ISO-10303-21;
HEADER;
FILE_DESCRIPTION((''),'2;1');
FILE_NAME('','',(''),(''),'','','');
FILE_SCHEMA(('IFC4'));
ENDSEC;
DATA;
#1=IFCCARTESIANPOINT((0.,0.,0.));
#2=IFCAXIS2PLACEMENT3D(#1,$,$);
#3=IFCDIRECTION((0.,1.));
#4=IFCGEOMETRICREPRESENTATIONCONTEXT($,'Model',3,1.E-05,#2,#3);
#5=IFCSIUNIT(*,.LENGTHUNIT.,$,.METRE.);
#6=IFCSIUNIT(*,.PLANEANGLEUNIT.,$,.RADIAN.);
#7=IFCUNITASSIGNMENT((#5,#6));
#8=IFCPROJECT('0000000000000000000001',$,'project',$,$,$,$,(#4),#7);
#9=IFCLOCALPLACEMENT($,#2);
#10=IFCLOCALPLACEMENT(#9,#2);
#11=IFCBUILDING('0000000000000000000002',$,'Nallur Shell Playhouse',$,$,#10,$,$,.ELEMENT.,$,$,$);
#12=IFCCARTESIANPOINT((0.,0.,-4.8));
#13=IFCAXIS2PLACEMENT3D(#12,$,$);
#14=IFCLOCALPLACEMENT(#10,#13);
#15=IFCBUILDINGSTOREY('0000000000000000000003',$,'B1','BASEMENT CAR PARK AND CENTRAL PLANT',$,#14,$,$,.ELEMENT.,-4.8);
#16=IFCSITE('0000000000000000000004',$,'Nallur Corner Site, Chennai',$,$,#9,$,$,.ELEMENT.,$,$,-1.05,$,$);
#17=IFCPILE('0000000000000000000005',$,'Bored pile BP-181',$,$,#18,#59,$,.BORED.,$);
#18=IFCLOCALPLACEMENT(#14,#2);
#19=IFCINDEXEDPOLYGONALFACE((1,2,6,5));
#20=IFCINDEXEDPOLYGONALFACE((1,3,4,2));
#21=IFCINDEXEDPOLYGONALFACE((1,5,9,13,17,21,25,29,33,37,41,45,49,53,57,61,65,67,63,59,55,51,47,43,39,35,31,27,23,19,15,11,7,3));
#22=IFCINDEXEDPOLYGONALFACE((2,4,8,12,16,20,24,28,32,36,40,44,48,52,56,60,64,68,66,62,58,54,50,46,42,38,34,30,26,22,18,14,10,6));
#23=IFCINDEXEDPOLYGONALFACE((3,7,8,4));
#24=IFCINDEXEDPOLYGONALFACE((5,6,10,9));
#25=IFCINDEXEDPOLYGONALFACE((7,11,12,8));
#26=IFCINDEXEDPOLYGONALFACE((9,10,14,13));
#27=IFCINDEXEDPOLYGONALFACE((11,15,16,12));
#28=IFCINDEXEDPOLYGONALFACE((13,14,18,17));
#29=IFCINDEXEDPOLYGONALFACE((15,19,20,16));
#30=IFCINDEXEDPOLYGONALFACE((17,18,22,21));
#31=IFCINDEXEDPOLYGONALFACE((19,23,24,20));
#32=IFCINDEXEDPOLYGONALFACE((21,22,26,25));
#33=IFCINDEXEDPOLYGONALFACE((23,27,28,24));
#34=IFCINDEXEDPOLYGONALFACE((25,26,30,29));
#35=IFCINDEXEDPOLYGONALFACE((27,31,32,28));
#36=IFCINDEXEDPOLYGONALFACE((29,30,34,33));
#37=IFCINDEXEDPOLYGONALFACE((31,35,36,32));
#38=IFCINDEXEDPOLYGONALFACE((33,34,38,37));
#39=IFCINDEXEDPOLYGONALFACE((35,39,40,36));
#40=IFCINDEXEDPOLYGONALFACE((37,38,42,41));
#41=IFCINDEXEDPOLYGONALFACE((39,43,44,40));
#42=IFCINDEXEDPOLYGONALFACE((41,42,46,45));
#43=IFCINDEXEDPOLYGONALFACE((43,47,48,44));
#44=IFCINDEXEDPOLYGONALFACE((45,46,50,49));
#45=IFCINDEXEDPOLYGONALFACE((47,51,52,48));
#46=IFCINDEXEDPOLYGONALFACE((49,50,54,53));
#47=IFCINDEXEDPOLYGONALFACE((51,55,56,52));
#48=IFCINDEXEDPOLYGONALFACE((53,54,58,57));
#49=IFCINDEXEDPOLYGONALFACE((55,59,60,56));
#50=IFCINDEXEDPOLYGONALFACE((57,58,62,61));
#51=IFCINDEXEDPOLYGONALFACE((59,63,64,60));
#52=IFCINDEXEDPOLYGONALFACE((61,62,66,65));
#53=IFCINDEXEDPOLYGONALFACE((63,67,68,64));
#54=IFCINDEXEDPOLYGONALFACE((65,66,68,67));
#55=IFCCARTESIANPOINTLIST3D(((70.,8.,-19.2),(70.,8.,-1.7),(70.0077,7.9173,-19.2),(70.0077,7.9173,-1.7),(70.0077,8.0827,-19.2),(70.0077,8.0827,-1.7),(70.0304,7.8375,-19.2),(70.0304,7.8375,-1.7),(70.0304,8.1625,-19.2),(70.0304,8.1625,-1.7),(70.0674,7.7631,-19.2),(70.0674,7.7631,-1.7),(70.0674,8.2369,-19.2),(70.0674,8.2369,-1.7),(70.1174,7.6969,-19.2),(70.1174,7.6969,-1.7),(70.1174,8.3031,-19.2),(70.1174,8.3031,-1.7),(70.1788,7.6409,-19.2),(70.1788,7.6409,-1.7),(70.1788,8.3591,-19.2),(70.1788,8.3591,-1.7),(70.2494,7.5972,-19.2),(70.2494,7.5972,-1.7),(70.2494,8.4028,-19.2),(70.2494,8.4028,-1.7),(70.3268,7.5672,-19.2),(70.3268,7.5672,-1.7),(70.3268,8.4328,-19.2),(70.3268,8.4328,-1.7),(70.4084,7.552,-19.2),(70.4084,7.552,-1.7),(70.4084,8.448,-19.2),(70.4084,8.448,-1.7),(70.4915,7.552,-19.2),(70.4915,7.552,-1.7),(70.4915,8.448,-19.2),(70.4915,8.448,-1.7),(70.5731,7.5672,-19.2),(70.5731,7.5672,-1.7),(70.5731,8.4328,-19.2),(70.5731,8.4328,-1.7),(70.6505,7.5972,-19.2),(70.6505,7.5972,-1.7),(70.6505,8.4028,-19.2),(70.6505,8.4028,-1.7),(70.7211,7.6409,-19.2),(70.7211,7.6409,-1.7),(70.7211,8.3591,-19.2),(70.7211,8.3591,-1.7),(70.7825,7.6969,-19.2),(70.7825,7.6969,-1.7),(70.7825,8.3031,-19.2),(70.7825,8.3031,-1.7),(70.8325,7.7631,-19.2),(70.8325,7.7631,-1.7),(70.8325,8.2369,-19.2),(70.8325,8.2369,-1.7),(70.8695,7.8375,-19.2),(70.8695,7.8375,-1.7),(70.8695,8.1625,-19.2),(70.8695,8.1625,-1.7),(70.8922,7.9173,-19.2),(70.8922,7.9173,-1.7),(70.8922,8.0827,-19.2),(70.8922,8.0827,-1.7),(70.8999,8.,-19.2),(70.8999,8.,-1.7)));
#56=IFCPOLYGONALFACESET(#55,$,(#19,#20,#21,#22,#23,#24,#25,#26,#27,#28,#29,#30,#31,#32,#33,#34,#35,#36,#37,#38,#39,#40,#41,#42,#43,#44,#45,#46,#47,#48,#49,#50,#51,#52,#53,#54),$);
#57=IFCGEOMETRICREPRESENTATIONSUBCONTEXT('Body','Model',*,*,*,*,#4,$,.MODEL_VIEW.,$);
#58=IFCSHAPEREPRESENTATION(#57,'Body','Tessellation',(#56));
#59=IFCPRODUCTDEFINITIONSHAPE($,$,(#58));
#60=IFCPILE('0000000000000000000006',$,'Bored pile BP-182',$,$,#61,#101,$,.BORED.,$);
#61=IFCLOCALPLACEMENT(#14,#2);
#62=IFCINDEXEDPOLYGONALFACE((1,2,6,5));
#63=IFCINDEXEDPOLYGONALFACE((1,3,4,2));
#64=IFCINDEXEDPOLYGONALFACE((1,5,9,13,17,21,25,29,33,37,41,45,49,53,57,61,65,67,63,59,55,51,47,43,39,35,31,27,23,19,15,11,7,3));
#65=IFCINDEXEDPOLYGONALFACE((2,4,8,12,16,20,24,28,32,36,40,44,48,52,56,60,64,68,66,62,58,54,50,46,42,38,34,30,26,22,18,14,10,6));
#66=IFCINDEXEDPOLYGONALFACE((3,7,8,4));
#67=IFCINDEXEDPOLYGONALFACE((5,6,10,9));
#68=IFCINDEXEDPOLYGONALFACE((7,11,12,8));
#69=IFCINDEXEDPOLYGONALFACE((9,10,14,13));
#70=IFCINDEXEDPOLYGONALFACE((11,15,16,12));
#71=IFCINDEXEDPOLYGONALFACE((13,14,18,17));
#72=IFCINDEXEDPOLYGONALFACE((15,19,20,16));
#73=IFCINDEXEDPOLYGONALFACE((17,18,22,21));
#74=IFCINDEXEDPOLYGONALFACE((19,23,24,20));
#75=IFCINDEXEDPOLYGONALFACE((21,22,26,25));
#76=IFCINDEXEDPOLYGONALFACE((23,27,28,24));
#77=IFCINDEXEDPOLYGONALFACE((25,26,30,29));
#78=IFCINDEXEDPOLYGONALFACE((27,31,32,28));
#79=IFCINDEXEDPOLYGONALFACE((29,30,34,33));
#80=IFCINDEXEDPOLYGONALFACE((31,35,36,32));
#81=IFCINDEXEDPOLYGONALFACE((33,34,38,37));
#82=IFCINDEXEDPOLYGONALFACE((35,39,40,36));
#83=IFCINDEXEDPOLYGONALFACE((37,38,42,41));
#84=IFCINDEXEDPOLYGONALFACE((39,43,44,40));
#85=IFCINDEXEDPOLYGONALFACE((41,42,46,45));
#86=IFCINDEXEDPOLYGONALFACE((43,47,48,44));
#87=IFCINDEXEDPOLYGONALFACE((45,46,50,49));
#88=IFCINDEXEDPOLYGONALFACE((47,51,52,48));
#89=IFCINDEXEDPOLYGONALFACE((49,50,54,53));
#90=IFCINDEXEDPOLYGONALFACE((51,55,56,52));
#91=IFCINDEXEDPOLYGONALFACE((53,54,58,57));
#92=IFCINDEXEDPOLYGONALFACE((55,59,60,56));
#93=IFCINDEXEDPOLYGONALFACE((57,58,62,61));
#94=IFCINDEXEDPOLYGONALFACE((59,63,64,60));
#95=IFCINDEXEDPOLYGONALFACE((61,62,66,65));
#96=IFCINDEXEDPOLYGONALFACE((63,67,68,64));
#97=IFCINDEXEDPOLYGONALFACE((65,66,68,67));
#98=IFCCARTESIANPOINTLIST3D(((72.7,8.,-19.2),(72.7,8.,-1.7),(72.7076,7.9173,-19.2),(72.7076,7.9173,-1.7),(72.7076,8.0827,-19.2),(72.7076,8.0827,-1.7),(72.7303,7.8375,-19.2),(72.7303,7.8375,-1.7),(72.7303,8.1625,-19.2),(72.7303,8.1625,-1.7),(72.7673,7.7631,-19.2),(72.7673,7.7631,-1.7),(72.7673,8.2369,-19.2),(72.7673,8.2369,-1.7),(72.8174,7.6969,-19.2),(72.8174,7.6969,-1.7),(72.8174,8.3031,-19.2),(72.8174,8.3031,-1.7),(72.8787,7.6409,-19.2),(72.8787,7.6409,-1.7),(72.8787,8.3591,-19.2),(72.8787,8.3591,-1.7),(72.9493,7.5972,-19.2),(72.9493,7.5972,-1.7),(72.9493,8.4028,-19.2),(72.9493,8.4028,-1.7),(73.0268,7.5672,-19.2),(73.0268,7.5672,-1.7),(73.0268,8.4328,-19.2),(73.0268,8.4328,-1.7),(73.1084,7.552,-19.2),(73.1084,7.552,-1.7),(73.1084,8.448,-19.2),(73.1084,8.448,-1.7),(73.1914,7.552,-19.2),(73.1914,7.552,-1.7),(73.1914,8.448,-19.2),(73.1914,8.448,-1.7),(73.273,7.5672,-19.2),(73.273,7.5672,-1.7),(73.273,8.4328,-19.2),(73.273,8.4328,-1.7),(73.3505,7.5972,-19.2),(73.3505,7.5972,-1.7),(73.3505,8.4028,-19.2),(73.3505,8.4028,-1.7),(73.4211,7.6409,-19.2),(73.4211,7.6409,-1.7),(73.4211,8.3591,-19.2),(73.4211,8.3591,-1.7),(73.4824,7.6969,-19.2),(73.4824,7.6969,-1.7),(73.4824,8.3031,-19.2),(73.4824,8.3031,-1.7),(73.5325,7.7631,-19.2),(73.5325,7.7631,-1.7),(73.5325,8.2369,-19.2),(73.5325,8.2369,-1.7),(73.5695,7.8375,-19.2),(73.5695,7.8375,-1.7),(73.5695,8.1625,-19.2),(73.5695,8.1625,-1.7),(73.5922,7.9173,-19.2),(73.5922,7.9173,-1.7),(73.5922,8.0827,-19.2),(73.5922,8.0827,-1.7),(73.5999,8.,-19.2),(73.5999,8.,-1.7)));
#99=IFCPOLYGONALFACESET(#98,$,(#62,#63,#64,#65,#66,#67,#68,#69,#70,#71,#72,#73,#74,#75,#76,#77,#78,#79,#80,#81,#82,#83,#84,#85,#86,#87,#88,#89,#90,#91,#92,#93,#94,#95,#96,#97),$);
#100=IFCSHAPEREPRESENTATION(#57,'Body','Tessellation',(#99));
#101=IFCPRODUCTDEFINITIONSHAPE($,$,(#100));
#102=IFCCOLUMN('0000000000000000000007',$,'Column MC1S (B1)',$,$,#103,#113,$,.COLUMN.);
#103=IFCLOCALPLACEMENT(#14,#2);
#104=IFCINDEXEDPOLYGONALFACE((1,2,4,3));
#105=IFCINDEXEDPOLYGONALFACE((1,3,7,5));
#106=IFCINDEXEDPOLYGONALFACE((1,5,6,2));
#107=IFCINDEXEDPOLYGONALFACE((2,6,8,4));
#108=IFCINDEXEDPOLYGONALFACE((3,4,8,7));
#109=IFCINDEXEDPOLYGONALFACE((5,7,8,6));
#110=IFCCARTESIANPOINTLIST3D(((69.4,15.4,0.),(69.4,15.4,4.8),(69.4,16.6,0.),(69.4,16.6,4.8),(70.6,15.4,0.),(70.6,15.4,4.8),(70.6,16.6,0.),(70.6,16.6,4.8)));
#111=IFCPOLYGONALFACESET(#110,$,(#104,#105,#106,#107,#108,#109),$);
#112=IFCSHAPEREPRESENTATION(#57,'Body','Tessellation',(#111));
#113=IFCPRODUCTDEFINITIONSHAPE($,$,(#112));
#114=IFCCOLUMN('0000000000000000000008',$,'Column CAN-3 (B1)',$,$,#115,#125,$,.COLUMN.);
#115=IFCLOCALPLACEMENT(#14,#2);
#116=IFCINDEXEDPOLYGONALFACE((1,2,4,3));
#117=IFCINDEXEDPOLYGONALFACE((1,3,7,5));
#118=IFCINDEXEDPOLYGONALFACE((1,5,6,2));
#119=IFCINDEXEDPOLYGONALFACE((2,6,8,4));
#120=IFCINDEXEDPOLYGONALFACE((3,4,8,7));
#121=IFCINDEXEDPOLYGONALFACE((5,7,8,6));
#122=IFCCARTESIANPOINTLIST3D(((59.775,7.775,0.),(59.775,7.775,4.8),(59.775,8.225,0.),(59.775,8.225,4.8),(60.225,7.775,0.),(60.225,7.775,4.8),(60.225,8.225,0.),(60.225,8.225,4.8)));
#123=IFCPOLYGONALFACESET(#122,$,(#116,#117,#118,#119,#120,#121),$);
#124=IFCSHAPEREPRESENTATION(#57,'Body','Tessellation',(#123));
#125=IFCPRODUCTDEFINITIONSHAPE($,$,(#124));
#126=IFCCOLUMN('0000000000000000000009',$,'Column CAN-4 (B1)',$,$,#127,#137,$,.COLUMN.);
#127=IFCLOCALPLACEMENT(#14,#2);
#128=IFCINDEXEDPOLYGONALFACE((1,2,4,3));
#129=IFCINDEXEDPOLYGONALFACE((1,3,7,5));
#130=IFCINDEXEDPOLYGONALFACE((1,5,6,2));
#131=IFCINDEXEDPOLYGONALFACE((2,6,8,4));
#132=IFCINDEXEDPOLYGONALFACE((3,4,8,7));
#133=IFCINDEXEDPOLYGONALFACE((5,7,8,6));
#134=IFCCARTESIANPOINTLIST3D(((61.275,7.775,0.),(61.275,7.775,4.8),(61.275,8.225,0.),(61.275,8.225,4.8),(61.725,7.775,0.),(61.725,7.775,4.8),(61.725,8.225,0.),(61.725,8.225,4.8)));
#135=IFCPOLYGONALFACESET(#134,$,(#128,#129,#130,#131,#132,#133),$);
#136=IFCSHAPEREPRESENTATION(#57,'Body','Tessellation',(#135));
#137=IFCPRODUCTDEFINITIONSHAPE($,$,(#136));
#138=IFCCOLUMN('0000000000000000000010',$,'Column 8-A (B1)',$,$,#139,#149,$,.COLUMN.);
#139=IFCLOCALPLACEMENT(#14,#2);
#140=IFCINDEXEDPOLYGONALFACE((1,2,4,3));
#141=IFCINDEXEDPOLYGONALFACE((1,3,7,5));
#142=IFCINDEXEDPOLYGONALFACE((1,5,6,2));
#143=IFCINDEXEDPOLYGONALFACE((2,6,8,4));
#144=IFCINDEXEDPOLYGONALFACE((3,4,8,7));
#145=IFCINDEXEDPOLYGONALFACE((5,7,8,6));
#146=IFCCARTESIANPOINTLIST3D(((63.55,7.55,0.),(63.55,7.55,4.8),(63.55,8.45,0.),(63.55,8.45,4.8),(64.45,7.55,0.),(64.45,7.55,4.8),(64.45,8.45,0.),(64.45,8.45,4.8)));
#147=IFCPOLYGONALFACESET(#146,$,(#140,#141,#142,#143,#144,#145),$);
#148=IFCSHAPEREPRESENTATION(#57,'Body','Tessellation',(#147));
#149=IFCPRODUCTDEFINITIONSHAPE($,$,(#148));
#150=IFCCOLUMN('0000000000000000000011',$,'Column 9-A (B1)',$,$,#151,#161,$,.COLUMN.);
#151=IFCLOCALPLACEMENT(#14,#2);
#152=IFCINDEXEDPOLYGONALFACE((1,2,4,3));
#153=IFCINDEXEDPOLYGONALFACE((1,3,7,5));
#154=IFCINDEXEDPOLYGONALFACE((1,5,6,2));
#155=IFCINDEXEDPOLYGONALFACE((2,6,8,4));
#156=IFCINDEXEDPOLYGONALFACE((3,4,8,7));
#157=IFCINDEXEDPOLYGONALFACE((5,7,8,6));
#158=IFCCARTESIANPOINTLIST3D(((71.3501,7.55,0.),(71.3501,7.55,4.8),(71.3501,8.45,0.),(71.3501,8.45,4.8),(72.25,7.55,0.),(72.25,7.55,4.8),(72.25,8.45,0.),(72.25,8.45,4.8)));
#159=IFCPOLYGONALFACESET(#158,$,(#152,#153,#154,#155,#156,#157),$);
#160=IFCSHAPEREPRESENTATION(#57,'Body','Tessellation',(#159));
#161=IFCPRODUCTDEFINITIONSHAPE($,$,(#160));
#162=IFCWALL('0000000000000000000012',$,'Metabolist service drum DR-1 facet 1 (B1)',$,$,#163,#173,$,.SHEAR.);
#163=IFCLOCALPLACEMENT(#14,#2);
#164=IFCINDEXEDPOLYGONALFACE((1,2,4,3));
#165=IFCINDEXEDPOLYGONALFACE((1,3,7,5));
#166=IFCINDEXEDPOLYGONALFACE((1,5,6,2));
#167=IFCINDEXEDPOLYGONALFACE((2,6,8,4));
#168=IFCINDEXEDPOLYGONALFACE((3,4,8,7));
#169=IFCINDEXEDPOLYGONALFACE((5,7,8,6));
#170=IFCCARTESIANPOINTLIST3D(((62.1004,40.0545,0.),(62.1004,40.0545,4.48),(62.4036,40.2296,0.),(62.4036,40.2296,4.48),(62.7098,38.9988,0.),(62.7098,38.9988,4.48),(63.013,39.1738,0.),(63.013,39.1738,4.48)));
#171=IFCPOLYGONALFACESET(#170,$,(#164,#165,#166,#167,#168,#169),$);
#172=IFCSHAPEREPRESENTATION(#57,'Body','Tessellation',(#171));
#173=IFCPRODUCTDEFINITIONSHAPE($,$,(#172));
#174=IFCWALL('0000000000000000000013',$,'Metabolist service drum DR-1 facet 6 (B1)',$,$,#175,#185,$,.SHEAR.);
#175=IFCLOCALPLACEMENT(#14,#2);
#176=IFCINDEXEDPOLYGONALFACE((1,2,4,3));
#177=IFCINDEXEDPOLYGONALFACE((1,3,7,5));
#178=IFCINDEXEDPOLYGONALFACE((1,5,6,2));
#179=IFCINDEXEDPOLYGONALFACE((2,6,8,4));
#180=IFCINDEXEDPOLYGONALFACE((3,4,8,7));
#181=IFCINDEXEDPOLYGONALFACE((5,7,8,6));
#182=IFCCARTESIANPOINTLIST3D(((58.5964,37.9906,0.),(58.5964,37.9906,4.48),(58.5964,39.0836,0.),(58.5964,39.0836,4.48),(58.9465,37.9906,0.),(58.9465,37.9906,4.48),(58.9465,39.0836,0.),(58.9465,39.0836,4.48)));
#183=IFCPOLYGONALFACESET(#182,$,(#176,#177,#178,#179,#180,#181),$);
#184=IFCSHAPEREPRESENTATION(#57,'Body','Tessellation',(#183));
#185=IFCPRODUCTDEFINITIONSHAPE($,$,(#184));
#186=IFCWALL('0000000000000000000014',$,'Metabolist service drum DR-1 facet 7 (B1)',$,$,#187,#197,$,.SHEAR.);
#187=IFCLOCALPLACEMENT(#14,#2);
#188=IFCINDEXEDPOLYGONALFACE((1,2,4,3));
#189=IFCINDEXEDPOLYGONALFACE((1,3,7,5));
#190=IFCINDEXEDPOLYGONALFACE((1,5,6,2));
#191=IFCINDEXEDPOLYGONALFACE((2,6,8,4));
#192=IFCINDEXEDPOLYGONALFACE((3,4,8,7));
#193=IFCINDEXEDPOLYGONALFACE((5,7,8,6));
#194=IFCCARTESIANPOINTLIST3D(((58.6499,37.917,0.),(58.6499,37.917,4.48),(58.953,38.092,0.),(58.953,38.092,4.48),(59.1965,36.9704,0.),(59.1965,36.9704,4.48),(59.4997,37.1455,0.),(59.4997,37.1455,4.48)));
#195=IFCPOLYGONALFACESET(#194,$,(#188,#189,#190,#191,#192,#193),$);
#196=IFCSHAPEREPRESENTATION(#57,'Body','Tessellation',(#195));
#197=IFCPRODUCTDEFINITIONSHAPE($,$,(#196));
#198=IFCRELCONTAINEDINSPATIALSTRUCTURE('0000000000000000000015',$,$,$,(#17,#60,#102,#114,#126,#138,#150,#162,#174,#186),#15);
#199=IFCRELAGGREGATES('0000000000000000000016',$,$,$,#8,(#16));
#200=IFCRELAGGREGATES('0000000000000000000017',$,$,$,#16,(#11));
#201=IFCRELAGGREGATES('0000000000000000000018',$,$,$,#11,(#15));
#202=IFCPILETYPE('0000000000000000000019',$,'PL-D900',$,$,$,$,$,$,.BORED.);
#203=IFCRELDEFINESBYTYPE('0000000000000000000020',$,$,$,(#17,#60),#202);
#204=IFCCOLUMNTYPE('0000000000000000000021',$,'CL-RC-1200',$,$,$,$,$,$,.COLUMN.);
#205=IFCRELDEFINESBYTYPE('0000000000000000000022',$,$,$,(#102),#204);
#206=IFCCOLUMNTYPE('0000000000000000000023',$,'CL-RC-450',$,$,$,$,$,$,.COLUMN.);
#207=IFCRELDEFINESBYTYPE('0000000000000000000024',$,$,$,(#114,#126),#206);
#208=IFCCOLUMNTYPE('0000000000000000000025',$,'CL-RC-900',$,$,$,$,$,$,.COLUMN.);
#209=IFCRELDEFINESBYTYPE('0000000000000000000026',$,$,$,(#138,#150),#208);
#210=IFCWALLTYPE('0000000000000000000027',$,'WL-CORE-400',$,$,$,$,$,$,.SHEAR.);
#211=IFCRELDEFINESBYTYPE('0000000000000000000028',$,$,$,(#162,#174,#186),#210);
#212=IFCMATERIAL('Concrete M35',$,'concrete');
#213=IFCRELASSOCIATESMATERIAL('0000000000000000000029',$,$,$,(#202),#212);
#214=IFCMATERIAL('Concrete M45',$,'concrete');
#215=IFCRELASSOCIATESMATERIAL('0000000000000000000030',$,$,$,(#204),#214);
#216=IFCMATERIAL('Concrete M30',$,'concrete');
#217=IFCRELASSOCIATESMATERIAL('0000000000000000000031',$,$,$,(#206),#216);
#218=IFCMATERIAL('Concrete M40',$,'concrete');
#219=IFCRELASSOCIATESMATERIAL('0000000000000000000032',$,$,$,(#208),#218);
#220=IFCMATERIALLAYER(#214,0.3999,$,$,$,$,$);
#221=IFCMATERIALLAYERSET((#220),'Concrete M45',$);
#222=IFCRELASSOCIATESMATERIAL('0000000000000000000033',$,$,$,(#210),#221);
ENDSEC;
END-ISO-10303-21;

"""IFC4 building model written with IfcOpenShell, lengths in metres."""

from ifc_helpers import new_model, si_unit, direction, frame, frame_2d, origin, origin_2d, place, context, subcontext, project, spatial, rectangle, circle, extrude, material, layer, layer_set, material_profile, profile_set, type_object, element, save


model = new_model("IFC4")

# Units and contexts
model_context = context("Model", 3, precision=1e-05, world=origin(), true_north=direction((0.0, 1.0)))
body_context = subcontext(model_context, "Body", "Model", "MODEL_VIEW")
ifc_project = project(units=[si_unit("LENGTHUNIT", "METRE"), si_unit("PLANEANGLEUNIT", "RADIAN")], contexts=[model_context])

# Site, building, storey
site_placement = place(None, origin())
site = spatial("IfcSite", under=ifc_project, at=site_placement, Name="Nallur Corner Site, Chennai", CompositionType="ELEMENT", RefElevation=-1.05)
building_placement = place(site_placement, origin())
building = spatial("IfcBuilding", under=site, at=building_placement, Name="Nallur Shell Playhouse", CompositionType="ELEMENT")
storey_placement = place(building_placement, frame((0.0, 0.0, -4.8)))
storey = spatial("IfcBuildingStorey", under=building, at=storey_placement, Name="B1", Description="BASEMENT CAR PARK AND CENTRAL PLANT", CompositionType="ELEMENT", Elevation=-4.8)

# Shared definitions
ifc_material_1 = material(Name="Concrete M35", Category="concrete")

# Piles
ifc_material_profile_1 = material_profile(ifc_material_1, circle(Radius=0.45, at=origin_2d()), Name="BORED PILE D900")
ifc_profile_set_1 = profile_set([ifc_material_profile_1], Name="Concrete M35")
pile_type_1 = type_object("IfcPileType", Name="PL-D900", PredefinedType="BORED", material=ifc_profile_set_1)
for number, where, z_axis, x_axis, name in (
    (1, (70.45, 8.0, -1.7), (0.0, 0.0, -1.0), (1.0, 0.0, 0.0), "Bored pile BP-181"),
    (2, (73.1499, 8.0, -1.7), (0.0, 0.0, -1.0), (1.0, 0.0, 0.0), "Bored pile BP-182"),
):
    element("IfcPile", number, at=place(storey_placement, frame(where, z_axis=z_axis, x_axis=x_axis)), inside=storey, type_object=pile_type_1, Name=name, PredefinedType="BORED", context=body_context, shape_type="SweptSolid", body=[
        extrude(circle(Radius=0.45, at=origin_2d()), origin(), (0.0, 0.0, 1.0), 17.5),
    ])

# Columns
ifc_material_2 = material(Name="Concrete M45", Category="concrete")
ifc_material_profile_2 = material_profile(ifc_material_2, rectangle(XDim=1.2, YDim=1.2, at=origin_2d()), Name="RC 1200x1200")
ifc_profile_set_2 = profile_set([ifc_material_profile_2], Name="Concrete M45")
column_type_1 = type_object("IfcColumnType", Name="CL-RC-1200", PredefinedType="COLUMN", material=ifc_profile_set_2)
column_placement = place(storey_placement, frame((70.0, 16.0, 0.0), z_axis=(0.0, 0.0, 1.0), x_axis=(1.0, 0.0, 0.0)))
element("IfcColumn", 3, at=column_placement, inside=storey, type_object=column_type_1, Name="Column MC1S (B1)", PredefinedType="COLUMN", context=body_context, shape_type="SweptSolid", body=[
    extrude(rectangle(XDim=1.2, YDim=1.2, at=origin_2d()), origin(), (0.0, 0.0, 1.0), 4.8),
])
ifc_material_3 = material(Name="Concrete M30", Category="concrete")
ifc_material_profile_3 = material_profile(ifc_material_3, rectangle(XDim=0.45, YDim=0.45, at=origin_2d()), Name="RC 450x450")
ifc_profile_set_3 = profile_set([ifc_material_profile_3], Name="Concrete M30")
column_type_2 = type_object("IfcColumnType", Name="CL-RC-450", PredefinedType="COLUMN", material=ifc_profile_set_3)
for number, where, z_axis, x_axis, name in (
    (4, (60.0, 8.0, 0.0), (0.0, 0.0, 1.0), (1.0, 0.0, 0.0), "Column CAN-3 (B1)"),
    (5, (61.5, 8.0, 0.0), (0.0, 0.0, 1.0), (1.0, 0.0, 0.0), "Column CAN-4 (B1)"),
):
    element("IfcColumn", number, at=place(storey_placement, frame(where, z_axis=z_axis, x_axis=x_axis)), inside=storey, type_object=column_type_2, Name=name, PredefinedType="COLUMN", context=body_context, shape_type="SweptSolid", body=[
        extrude(rectangle(XDim=0.45, YDim=0.45, at=origin_2d()), origin(), (0.0, 0.0, 1.0), 4.8),
    ])
ifc_material_4 = material(Name="Concrete M40", Category="concrete")
ifc_material_profile_4 = material_profile(ifc_material_4, rectangle(XDim=0.8999, YDim=0.8999, at=origin_2d()), Name="RC 900x900")
ifc_profile_set_4 = profile_set([ifc_material_profile_4], Name="Concrete M40")
column_type_3 = type_object("IfcColumnType", Name="CL-RC-900", PredefinedType="COLUMN", material=ifc_profile_set_4)
for number, where, z_axis, x_axis, name in (
    (6, (64.0, 8.0, 0.0), (0.0, 0.0, 1.0), (1.0, 0.0, 0.0), "Column 8-A (B1)"),
    (7, (71.8, 8.0, 0.0), (0.0, 0.0, 1.0), (1.0, 0.0, 0.0), "Column 9-A (B1)"),
):
    element("IfcColumn", number, at=place(storey_placement, frame(where, z_axis=z_axis, x_axis=x_axis)), inside=storey, type_object=column_type_3, Name=name, PredefinedType="COLUMN", context=body_context, shape_type="SweptSolid", body=[
        extrude(rectangle(XDim=0.8999, YDim=0.8999, at=origin_2d()), origin(), (0.0, 0.0, 1.0), 4.8),
    ])

# Walls
ifc_layer = layer(ifc_material_2, 0.3999)
ifc_layer_set = layer_set([ifc_layer], Name="Concrete M45")
wall_type = type_object("IfcWallType", Name="WL-CORE-400", PredefinedType="SHEAR", material=ifc_layer_set)
wall_1_placement = place(storey_placement, frame((62.8613, 39.0864, 0.0), z_axis=(0.0, 0.0, 1.0), x_axis=(-0.499931, 0.866066, 0.0)))
element("IfcWall", 8, at=wall_1_placement, inside=storey, type_object=wall_type, Name="Metabolist service drum DR-1 facet 1 (B1)", PredefinedType="SHEAR", context=body_context, shape_type="SweptSolid", body=[
    extrude(rectangle(XDim=1.219, YDim=0.3501, at=frame_2d((0.6094, 0.0))), origin(), (0.0, 0.0, 1.0), 4.48),
])
for number, where, z_axis, x_axis, name in (
    (9, (58.7715, 39.0835, 0.0), (0.0, 0.0, 1.0), (0.0, -1.0, 0.0), "Metabolist service drum DR-1 facet 6 (B1)"),
    (10, (58.8015, 38.0044, 0.0), (0.0, 0.0, 1.0), (0.500103, -0.865966, 0.0), "Metabolist service drum DR-1 facet 7 (B1)"),
):
    element("IfcWall", number, at=place(storey_placement, frame(where, z_axis=z_axis, x_axis=x_axis)), inside=storey, type_object=wall_type, Name=name, PredefinedType="SHEAR", context=body_context, shape_type="SweptSolid", body=[
        extrude(rectangle(XDim=1.093, YDim=0.3501, at=frame_2d((0.5464, 0.0))), origin(), (0.0, 0.0, 1.0), 4.48),
    ])

save(model, "model.ifc")
